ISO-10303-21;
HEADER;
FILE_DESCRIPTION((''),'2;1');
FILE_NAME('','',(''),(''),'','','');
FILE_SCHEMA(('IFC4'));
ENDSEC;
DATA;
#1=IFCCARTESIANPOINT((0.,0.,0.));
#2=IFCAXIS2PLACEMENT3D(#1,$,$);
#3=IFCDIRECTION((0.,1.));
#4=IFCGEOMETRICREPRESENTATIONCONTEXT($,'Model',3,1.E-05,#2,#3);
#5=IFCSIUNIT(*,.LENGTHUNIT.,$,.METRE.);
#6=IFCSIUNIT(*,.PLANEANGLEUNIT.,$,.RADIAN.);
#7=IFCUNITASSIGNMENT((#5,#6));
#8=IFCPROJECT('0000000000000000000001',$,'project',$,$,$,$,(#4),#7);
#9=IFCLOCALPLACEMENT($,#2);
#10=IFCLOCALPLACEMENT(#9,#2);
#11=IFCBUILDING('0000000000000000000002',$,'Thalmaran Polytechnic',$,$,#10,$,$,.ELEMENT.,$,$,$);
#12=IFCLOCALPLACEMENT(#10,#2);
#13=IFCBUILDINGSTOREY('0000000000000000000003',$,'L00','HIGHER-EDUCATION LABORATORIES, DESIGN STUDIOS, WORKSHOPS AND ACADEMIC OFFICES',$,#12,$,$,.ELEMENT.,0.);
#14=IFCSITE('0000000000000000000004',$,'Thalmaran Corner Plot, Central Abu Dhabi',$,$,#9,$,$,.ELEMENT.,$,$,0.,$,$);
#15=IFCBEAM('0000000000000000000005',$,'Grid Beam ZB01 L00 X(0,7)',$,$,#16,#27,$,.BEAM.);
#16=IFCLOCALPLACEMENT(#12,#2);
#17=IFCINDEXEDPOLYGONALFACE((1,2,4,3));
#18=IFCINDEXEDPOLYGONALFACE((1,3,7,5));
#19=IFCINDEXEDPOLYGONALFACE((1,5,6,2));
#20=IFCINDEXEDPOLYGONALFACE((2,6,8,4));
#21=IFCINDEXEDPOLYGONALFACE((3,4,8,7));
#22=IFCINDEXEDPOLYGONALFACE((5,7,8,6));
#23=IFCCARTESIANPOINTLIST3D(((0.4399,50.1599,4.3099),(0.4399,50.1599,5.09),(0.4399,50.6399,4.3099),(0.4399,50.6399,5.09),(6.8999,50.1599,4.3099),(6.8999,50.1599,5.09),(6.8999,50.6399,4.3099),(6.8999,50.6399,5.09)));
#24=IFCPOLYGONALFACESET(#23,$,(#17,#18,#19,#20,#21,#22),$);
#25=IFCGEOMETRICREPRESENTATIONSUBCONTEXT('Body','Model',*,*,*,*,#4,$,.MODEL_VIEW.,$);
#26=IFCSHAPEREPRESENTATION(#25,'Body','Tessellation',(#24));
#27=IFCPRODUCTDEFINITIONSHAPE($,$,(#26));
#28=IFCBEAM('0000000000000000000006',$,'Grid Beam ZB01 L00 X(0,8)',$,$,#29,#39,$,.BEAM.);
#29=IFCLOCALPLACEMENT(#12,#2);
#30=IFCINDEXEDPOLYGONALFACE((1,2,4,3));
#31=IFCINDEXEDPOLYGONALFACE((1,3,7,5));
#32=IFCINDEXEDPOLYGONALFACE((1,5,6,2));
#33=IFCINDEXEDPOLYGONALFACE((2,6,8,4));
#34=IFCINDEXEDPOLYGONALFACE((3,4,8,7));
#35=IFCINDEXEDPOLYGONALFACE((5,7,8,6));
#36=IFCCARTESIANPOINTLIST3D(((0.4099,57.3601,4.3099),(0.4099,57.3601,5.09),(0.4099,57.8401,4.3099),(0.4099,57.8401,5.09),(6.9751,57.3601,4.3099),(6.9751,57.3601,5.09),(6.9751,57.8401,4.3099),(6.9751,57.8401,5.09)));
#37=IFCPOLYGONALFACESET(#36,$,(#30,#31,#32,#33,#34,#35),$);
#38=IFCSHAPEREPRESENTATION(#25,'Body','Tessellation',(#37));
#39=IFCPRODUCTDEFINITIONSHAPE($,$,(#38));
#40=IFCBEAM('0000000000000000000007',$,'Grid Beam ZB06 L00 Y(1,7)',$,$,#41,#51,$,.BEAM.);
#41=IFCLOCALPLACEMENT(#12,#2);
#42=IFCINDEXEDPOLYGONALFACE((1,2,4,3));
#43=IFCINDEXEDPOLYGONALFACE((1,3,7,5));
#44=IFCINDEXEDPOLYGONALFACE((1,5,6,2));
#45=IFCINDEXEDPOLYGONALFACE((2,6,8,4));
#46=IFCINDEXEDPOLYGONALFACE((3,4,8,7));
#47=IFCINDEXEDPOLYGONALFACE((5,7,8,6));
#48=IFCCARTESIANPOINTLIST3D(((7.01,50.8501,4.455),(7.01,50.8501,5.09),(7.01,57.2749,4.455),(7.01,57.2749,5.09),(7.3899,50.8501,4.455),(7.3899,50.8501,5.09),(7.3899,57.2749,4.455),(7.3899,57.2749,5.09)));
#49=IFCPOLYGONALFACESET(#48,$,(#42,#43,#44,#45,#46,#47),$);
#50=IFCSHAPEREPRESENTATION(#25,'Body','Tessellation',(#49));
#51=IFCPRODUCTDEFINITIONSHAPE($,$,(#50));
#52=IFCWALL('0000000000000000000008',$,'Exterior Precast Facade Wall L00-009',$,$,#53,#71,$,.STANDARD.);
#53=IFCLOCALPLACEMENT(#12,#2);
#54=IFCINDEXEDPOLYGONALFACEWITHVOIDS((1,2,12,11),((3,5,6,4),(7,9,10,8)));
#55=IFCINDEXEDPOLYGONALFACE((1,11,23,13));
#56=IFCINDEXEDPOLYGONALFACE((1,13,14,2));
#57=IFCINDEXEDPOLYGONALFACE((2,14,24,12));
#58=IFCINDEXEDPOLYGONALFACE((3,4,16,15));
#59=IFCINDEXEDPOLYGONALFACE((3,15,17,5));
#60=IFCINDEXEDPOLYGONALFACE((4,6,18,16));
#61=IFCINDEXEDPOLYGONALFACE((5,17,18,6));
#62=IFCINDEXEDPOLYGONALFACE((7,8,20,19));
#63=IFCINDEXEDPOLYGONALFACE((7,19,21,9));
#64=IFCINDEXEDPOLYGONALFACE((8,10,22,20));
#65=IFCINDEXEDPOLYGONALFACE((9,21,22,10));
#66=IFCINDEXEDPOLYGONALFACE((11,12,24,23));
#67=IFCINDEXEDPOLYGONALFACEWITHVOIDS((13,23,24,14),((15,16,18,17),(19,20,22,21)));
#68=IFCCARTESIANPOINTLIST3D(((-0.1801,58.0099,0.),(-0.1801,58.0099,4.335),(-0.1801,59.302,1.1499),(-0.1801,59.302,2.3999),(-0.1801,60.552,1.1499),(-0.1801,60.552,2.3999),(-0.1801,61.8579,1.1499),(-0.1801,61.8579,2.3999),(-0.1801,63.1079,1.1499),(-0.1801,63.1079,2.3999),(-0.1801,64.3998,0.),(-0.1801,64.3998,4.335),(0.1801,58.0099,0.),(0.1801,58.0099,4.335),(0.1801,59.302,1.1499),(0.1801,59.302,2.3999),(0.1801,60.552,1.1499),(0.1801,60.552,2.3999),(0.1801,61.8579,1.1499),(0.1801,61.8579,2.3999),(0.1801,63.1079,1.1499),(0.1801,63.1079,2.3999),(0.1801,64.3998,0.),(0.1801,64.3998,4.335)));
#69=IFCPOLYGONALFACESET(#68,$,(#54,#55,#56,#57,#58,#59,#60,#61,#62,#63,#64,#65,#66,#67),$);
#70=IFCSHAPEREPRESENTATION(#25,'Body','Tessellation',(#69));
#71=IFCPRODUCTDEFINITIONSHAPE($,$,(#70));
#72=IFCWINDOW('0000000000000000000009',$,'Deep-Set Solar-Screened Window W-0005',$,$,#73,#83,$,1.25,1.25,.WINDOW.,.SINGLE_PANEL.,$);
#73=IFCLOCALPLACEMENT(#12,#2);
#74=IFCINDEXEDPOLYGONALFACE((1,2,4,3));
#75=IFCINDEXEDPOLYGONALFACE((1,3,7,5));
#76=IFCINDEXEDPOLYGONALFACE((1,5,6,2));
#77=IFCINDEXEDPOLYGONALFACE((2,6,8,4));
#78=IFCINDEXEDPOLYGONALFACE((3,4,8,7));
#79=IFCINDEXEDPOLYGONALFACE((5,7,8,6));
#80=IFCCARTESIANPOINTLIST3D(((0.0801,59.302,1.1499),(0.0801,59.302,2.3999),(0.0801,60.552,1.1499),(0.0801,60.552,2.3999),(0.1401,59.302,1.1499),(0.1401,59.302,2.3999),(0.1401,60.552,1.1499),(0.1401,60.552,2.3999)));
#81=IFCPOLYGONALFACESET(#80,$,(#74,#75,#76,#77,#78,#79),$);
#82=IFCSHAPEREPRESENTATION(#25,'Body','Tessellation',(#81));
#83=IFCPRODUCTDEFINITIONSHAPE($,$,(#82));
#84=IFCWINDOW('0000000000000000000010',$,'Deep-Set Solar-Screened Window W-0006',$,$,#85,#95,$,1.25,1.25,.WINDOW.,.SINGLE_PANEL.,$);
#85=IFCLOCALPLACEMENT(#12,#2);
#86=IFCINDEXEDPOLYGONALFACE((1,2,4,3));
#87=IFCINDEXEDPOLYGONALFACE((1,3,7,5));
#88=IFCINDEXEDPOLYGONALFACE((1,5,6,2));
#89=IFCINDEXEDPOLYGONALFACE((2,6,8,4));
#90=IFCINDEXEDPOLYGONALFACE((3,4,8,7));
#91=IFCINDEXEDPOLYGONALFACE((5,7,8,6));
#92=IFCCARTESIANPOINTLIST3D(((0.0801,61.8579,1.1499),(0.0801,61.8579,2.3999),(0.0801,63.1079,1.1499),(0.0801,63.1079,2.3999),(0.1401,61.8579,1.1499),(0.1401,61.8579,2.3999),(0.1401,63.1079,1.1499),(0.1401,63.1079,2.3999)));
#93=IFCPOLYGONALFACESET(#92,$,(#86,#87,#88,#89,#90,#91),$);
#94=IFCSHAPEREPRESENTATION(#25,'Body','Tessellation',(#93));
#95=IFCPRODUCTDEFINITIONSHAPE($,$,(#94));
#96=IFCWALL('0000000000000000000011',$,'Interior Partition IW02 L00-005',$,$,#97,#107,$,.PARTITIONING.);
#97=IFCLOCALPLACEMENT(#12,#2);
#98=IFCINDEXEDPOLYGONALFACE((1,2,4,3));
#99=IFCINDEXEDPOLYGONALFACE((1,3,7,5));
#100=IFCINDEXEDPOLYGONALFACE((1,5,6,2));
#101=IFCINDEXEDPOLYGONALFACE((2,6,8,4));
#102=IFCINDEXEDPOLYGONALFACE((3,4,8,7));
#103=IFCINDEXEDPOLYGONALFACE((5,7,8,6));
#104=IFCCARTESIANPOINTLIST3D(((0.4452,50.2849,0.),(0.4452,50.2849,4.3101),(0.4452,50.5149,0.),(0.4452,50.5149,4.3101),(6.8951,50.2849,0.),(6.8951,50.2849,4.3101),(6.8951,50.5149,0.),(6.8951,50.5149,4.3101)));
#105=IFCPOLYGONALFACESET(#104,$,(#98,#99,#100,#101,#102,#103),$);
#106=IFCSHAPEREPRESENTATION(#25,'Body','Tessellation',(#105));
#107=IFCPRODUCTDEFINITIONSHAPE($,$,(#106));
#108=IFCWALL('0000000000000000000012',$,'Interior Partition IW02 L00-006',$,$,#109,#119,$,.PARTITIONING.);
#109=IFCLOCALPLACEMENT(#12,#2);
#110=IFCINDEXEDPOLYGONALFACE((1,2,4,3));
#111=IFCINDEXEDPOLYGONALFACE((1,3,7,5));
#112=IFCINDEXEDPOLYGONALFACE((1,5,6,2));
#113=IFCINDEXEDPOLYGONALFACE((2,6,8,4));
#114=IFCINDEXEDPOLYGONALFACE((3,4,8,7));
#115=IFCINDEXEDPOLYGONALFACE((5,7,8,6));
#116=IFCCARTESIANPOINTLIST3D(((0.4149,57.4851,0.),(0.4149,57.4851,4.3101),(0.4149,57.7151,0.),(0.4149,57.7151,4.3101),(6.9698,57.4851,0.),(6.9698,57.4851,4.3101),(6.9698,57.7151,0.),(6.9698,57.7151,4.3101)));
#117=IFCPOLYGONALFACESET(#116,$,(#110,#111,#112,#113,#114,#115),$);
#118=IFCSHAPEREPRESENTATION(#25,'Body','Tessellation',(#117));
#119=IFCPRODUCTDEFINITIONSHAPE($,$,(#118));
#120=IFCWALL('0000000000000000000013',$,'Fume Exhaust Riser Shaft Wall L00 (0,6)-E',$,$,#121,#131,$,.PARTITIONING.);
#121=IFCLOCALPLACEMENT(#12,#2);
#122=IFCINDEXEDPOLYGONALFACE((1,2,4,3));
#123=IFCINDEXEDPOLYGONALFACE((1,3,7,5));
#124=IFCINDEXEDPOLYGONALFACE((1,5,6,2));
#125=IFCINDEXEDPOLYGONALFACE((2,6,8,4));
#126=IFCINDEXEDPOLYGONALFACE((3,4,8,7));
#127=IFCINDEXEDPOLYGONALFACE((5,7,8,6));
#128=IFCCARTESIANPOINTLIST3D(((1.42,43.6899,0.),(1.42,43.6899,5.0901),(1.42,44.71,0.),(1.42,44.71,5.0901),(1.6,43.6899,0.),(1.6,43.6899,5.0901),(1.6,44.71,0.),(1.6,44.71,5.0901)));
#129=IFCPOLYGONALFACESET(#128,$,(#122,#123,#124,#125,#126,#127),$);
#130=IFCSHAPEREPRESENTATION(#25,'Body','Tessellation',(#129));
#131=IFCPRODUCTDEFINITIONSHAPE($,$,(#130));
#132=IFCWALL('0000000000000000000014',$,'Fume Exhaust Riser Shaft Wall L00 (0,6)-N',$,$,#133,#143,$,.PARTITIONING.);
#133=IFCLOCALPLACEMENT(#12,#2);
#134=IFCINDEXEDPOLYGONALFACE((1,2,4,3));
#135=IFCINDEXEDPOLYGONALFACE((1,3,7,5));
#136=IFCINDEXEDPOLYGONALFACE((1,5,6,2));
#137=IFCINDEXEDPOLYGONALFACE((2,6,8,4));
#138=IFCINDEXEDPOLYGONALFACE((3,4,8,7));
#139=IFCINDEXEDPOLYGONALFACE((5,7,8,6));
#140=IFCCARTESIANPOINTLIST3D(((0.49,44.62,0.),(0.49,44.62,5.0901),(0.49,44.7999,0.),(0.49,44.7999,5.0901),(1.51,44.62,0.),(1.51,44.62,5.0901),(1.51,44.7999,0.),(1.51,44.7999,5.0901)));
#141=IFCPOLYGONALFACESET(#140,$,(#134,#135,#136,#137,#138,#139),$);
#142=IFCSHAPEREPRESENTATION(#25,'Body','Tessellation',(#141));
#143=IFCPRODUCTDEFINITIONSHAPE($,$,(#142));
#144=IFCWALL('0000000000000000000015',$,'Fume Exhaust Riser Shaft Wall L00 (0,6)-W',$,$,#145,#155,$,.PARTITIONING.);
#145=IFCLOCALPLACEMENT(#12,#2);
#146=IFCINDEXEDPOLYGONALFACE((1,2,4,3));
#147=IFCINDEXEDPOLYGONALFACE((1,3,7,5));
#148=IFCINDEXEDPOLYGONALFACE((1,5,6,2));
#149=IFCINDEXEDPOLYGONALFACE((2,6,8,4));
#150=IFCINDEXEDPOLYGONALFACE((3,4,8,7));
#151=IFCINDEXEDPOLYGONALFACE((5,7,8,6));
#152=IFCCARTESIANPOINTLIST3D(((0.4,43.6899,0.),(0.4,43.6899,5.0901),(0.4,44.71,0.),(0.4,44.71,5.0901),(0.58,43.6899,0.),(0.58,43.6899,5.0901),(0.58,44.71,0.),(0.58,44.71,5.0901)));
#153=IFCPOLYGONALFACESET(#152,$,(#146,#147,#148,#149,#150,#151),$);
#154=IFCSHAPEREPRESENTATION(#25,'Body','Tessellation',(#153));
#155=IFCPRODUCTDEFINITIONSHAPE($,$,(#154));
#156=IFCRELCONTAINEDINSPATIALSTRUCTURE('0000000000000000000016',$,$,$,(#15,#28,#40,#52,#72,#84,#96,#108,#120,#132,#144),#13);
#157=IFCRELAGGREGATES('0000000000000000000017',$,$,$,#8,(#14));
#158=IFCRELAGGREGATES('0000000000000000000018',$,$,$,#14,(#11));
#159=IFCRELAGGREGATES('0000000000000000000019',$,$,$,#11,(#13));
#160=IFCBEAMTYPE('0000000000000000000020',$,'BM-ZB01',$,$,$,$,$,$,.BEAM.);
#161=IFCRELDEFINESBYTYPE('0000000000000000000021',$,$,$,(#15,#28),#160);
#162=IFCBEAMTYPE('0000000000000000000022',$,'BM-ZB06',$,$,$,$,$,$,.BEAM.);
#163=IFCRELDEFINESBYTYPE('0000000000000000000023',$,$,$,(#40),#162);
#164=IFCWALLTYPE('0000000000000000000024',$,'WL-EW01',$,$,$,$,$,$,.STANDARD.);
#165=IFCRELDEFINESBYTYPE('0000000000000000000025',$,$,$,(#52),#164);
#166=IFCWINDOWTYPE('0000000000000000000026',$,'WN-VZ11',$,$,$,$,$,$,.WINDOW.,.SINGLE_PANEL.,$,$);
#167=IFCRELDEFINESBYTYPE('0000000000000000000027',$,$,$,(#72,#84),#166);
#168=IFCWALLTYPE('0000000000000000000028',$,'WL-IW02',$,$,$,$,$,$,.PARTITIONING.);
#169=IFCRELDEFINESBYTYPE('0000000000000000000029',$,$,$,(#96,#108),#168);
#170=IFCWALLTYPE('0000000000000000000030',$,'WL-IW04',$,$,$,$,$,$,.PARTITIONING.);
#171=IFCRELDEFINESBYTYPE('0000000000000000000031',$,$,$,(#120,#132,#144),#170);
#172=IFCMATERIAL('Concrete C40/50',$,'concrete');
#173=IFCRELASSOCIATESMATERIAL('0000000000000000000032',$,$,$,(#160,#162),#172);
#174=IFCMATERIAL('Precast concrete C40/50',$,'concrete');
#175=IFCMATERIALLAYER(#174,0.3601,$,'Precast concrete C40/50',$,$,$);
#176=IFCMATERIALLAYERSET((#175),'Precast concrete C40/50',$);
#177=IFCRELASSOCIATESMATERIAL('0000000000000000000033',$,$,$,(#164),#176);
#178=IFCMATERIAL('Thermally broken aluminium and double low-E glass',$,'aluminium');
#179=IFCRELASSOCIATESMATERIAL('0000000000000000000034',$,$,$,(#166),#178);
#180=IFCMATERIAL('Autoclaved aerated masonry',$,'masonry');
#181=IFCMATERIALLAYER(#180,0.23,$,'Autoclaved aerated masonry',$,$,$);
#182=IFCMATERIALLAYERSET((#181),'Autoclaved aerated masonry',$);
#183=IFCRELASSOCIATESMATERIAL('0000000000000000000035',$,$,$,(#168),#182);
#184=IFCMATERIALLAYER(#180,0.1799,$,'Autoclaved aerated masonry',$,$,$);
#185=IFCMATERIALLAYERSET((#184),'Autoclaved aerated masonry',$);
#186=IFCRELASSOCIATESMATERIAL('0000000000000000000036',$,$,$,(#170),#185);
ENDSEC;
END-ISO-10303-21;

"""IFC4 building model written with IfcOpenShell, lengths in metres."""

from ifc_helpers import new_model, si_unit, direction, frame, frame_2d, origin, origin_2d, place, context, subcontext, project, spatial, rectangle, extrude, material, layer, layer_set, material_profile, profile_set, type_object, element, fill, save


model = new_model("IFC4")

# Units and contexts
model_context = context("Model", 3, precision=1e-05, world=origin(), true_north=direction((0.0, 1.0)))
body_context = subcontext(model_context, "Body", "Model", "MODEL_VIEW")
ifc_project = project(units=[si_unit("LENGTHUNIT", "METRE"), si_unit("PLANEANGLEUNIT", "RADIAN")], contexts=[model_context])

# Site, building, storey
site_placement = place(None, origin())
site = spatial("IfcSite", under=ifc_project, at=site_placement, Name="Thalmaran Corner Plot, Central Abu Dhabi", CompositionType="ELEMENT", RefElevation=0.0)
building_placement = place(site_placement, origin())
building = spatial("IfcBuilding", under=site, at=building_placement, Name="Thalmaran Polytechnic", CompositionType="ELEMENT")
storey_placement = place(building_placement, origin())
storey = spatial("IfcBuildingStorey", under=building, at=storey_placement, Name="L00", Description="HIGHER-EDUCATION LABORATORIES, DESIGN STUDIOS, WORKSHOPS AND ACADEMIC OFFICES", CompositionType="ELEMENT", Elevation=0.0)

# Shared definitions
ifc_material_1 = material(Name="Concrete C40/50", Category="concrete")

# Beams
ifc_material_profile_1 = material_profile(ifc_material_1, rectangle(XDim=0.48, YDim=0.78, at=origin_2d()), Name="RC 480x780")
ifc_profile_set_1 = profile_set([ifc_material_profile_1], Name="Concrete C40/50")
beam_type_1 = type_object("IfcBeamType", Name="BM-ZB01", PredefinedType="BEAM", material=ifc_profile_set_1)
beam_1_placement = place(storey_placement, frame((0.4399, 50.3999, 4.7), z_axis=(1.0, 0.0, 0.0), x_axis=(0.0, 1.0, 0.0)))
element("IfcBeam", 1, at=beam_1_placement, inside=storey, type_object=beam_type_1, Name="Grid Beam ZB01 L00 X(0,7)", PredefinedType="BEAM", context=body_context, shape_type="SweptSolid", body=[
    extrude(rectangle(XDim=0.48, YDim=0.78, at=origin_2d()), origin(), (0.0, 0.0, 1.0), 6.46),
])
beam_2_placement = place(storey_placement, frame((0.4099, 57.6001, 4.7), z_axis=(1.0, 0.0, 0.0), x_axis=(0.0, 1.0, 0.0)))
element("IfcBeam", 2, at=beam_2_placement, inside=storey, type_object=beam_type_1, Name="Grid Beam ZB01 L00 X(0,8)", PredefinedType="BEAM", context=body_context, shape_type="SweptSolid", body=[
    extrude(rectangle(XDim=0.48, YDim=0.78, at=origin_2d()), origin(), (0.0, 0.0, 1.0), 6.5652),
])
ifc_material_profile_2 = material_profile(ifc_material_1, rectangle(XDim=0.3799, YDim=0.635, at=origin_2d()), Name="RC 380x635")
ifc_profile_set_2 = profile_set([ifc_material_profile_2], Name="Concrete C40/50")
beam_type_2 = type_object("IfcBeamType", Name="BM-ZB06", PredefinedType="BEAM", material=ifc_profile_set_2)
beam_3_placement = place(storey_placement, frame((7.2, 50.8501, 4.7725), z_axis=(0.0, 1.0, 0.0), x_axis=(-1.0, 0.0, 0.0)))
element("IfcBeam", 3, at=beam_3_placement, inside=storey, type_object=beam_type_2, Name="Grid Beam ZB06 L00 Y(1,7)", PredefinedType="BEAM", context=body_context, shape_type="SweptSolid", body=[
    extrude(rectangle(XDim=0.3799, YDim=0.635, at=origin_2d()), origin(), (0.0, 0.0, 1.0), 6.4248),
])

# Shared definitions
ifc_material_2 = material(Name="Precast concrete C40/50", Category="concrete")
ifc_layer_1 = layer(ifc_material_2, 0.3601, Name="Precast concrete C40/50")
ifc_layer_set_1 = layer_set([ifc_layer_1], Name="Precast concrete C40/50")
wall_type_1 = type_object("IfcWallType", Name="WL-EW01", PredefinedType="STANDARD", material=ifc_layer_set_1)

# Wall, openings, windows
wall_1_placement = place(storey_placement, frame((0.0, 58.01, 0.0), z_axis=(0.0, 0.0, 1.0), x_axis=(0.0, 1.0, 0.0)))
wall_1 = element("IfcWall", 4, at=wall_1_placement, inside=storey, type_object=wall_type_1, Name="Exterior Precast Facade Wall L00-009", PredefinedType="STANDARD", context=body_context, shape_type="SweptSolid", body=[
    extrude(rectangle(XDim=6.3899, YDim=0.3601, at=frame_2d((3.1948, 0.0))), origin(), (0.0, 0.0, 1.0), 4.335),
])
opening_1_placement = place(wall_1_placement, frame((1.292, 0.0, 1.1499)))
opening_1 = element("IfcOpeningElement", 5, at=opening_1_placement, cuts=wall_1, PredefinedType="OPENING", context=body_context, shape_type="SweptSolid", body=[
    extrude(rectangle(XDim=1.25, YDim=1.25, at=frame_2d((0.625, 0.625))), frame((0.0, 0.1899, 0.0), z_axis=(0.0, -1.0, 0.0), x_axis=(1.0, 0.0, 0.0)), (0.0, 0.0, 1.0), 0.3801),
])
opening_2_placement = place(wall_1_placement, frame((3.8479, 0.0, 1.1499)))
opening_2 = element("IfcOpeningElement", 6, at=opening_2_placement, cuts=wall_1, PredefinedType="OPENING", context=body_context, shape_type="SweptSolid", body=[
    extrude(rectangle(XDim=1.25, YDim=1.25, at=frame_2d((0.625, 0.625))), frame((0.0, 0.1899, 0.0), z_axis=(0.0, -1.0, 0.0), x_axis=(1.0, 0.0, 0.0)), (0.0, 0.0, 1.0), 0.3801),
])
ifc_material_3 = material(Name="Thermally broken aluminium and double low-E glass", Category="aluminium")
window_type = type_object("IfcWindowType", Name="WN-VZ11", PartitioningType="SINGLE_PANEL", PredefinedType="WINDOW", material=ifc_material_3)
window_1_placement = place(opening_1_placement, origin())
window_1 = element("IfcWindow", 7, at=window_1_placement, inside=storey, type_object=window_type, Name="Deep-Set Solar-Screened Window W-0005", OverallHeight=1.25, OverallWidth=1.25, PartitioningType="SINGLE_PANEL", PredefinedType="WINDOW", context=body_context, shape_type="SweptSolid", body=[
    extrude(rectangle(XDim=1.25, YDim=1.25, at=frame_2d((0.625, 0.625))), frame((0.0, -0.0801, 0.0), z_axis=(0.0, -1.0, 0.0), x_axis=(1.0, 0.0, 0.0)), (0.0, 0.0, 1.0), 0.0601),
])
fill(opening_1, window_1)
window_2_placement = place(opening_2_placement, origin())
window_2 = element("IfcWindow", 8, at=window_2_placement, inside=storey, type_object=window_type, Name="Deep-Set Solar-Screened Window W-0006", OverallHeight=1.25, OverallWidth=1.25, PartitioningType="SINGLE_PANEL", PredefinedType="WINDOW", context=body_context, shape_type="SweptSolid", body=[
    extrude(rectangle(XDim=1.25, YDim=1.25, at=frame_2d((0.625, 0.625))), frame((0.0, -0.0801, 0.0), z_axis=(0.0, -1.0, 0.0), x_axis=(1.0, 0.0, 0.0)), (0.0, 0.0, 1.0), 0.0601),
])
fill(opening_2, window_2)

# Walls
ifc_material_4 = material(Name="Autoclaved aerated masonry", Category="masonry")
ifc_layer_2 = layer(ifc_material_4, 0.23, Name="Autoclaved aerated masonry")
ifc_layer_set_2 = layer_set([ifc_layer_2], Name="Autoclaved aerated masonry")
wall_type_2 = type_object("IfcWallType", Name="WL-IW02", PredefinedType="PARTITIONING", material=ifc_layer_set_2)
wall_2_placement = place(storey_placement, frame((0.4451, 50.3999, 0.0), z_axis=(0.0, 0.0, 1.0), x_axis=(1.0, 0.0, 0.0)))
element("IfcWall", 9, at=wall_2_placement, inside=storey, type_object=wall_type_2, Name="Interior Partition IW02 L00-005", PredefinedType="PARTITIONING", context=body_context, shape_type="SweptSolid", body=[
    extrude(rectangle(XDim=6.45, YDim=0.23, at=frame_2d((3.2251, 0.0))), origin(), (0.0, 0.0, 1.0), 4.3101),
])
wall_3_placement = place(storey_placement, frame((0.415, 57.6001, 0.0), z_axis=(0.0, 0.0, 1.0), x_axis=(1.0, 0.0, 0.0)))
element("IfcWall", 10, at=wall_3_placement, inside=storey, type_object=wall_type_2, Name="Interior Partition IW02 L00-006", PredefinedType="PARTITIONING", context=body_context, shape_type="SweptSolid", body=[
    extrude(rectangle(XDim=6.5549, YDim=0.23, at=frame_2d((3.2773, 0.0))), origin(), (0.0, 0.0, 1.0), 4.3101),
])
ifc_layer_3 = layer(ifc_material_4, 0.1799, Name="Autoclaved aerated masonry")
ifc_layer_set_3 = layer_set([ifc_layer_3], Name="Autoclaved aerated masonry")
wall_type_3 = type_object("IfcWallType", Name="WL-IW04", PredefinedType="PARTITIONING", material=ifc_layer_set_3)
for number, where, z_axis, x_axis, name in (
    (11, (1.51, 43.6899, 0.0), (0.0, 0.0, 1.0), (0.0, 1.0, 0.0), "Fume Exhaust Riser Shaft Wall L00 (0,6)-E"),
    (12, (1.51, 44.71, 0.0), (0.0, 0.0, 1.0), (-1.0, 0.0, 0.0), "Fume Exhaust Riser Shaft Wall L00 (0,6)-N"),
    (13, (0.49, 44.71, 0.0), (0.0, 0.0, 1.0), (0.0, -1.0, 0.0), "Fume Exhaust Riser Shaft Wall L00 (0,6)-W"),
):
    element("IfcWall", number, at=place(storey_placement, frame(where, z_axis=z_axis, x_axis=x_axis)), inside=storey, type_object=wall_type_3, Name=name, PredefinedType="PARTITIONING", context=body_context, shape_type="SweptSolid", body=[
        extrude(rectangle(XDim=1.02, YDim=0.1799, at=frame_2d((0.51, 0.0))), origin(), (0.0, 0.0, 1.0), 5.0901),
    ])

save(model, "model.ifc")
